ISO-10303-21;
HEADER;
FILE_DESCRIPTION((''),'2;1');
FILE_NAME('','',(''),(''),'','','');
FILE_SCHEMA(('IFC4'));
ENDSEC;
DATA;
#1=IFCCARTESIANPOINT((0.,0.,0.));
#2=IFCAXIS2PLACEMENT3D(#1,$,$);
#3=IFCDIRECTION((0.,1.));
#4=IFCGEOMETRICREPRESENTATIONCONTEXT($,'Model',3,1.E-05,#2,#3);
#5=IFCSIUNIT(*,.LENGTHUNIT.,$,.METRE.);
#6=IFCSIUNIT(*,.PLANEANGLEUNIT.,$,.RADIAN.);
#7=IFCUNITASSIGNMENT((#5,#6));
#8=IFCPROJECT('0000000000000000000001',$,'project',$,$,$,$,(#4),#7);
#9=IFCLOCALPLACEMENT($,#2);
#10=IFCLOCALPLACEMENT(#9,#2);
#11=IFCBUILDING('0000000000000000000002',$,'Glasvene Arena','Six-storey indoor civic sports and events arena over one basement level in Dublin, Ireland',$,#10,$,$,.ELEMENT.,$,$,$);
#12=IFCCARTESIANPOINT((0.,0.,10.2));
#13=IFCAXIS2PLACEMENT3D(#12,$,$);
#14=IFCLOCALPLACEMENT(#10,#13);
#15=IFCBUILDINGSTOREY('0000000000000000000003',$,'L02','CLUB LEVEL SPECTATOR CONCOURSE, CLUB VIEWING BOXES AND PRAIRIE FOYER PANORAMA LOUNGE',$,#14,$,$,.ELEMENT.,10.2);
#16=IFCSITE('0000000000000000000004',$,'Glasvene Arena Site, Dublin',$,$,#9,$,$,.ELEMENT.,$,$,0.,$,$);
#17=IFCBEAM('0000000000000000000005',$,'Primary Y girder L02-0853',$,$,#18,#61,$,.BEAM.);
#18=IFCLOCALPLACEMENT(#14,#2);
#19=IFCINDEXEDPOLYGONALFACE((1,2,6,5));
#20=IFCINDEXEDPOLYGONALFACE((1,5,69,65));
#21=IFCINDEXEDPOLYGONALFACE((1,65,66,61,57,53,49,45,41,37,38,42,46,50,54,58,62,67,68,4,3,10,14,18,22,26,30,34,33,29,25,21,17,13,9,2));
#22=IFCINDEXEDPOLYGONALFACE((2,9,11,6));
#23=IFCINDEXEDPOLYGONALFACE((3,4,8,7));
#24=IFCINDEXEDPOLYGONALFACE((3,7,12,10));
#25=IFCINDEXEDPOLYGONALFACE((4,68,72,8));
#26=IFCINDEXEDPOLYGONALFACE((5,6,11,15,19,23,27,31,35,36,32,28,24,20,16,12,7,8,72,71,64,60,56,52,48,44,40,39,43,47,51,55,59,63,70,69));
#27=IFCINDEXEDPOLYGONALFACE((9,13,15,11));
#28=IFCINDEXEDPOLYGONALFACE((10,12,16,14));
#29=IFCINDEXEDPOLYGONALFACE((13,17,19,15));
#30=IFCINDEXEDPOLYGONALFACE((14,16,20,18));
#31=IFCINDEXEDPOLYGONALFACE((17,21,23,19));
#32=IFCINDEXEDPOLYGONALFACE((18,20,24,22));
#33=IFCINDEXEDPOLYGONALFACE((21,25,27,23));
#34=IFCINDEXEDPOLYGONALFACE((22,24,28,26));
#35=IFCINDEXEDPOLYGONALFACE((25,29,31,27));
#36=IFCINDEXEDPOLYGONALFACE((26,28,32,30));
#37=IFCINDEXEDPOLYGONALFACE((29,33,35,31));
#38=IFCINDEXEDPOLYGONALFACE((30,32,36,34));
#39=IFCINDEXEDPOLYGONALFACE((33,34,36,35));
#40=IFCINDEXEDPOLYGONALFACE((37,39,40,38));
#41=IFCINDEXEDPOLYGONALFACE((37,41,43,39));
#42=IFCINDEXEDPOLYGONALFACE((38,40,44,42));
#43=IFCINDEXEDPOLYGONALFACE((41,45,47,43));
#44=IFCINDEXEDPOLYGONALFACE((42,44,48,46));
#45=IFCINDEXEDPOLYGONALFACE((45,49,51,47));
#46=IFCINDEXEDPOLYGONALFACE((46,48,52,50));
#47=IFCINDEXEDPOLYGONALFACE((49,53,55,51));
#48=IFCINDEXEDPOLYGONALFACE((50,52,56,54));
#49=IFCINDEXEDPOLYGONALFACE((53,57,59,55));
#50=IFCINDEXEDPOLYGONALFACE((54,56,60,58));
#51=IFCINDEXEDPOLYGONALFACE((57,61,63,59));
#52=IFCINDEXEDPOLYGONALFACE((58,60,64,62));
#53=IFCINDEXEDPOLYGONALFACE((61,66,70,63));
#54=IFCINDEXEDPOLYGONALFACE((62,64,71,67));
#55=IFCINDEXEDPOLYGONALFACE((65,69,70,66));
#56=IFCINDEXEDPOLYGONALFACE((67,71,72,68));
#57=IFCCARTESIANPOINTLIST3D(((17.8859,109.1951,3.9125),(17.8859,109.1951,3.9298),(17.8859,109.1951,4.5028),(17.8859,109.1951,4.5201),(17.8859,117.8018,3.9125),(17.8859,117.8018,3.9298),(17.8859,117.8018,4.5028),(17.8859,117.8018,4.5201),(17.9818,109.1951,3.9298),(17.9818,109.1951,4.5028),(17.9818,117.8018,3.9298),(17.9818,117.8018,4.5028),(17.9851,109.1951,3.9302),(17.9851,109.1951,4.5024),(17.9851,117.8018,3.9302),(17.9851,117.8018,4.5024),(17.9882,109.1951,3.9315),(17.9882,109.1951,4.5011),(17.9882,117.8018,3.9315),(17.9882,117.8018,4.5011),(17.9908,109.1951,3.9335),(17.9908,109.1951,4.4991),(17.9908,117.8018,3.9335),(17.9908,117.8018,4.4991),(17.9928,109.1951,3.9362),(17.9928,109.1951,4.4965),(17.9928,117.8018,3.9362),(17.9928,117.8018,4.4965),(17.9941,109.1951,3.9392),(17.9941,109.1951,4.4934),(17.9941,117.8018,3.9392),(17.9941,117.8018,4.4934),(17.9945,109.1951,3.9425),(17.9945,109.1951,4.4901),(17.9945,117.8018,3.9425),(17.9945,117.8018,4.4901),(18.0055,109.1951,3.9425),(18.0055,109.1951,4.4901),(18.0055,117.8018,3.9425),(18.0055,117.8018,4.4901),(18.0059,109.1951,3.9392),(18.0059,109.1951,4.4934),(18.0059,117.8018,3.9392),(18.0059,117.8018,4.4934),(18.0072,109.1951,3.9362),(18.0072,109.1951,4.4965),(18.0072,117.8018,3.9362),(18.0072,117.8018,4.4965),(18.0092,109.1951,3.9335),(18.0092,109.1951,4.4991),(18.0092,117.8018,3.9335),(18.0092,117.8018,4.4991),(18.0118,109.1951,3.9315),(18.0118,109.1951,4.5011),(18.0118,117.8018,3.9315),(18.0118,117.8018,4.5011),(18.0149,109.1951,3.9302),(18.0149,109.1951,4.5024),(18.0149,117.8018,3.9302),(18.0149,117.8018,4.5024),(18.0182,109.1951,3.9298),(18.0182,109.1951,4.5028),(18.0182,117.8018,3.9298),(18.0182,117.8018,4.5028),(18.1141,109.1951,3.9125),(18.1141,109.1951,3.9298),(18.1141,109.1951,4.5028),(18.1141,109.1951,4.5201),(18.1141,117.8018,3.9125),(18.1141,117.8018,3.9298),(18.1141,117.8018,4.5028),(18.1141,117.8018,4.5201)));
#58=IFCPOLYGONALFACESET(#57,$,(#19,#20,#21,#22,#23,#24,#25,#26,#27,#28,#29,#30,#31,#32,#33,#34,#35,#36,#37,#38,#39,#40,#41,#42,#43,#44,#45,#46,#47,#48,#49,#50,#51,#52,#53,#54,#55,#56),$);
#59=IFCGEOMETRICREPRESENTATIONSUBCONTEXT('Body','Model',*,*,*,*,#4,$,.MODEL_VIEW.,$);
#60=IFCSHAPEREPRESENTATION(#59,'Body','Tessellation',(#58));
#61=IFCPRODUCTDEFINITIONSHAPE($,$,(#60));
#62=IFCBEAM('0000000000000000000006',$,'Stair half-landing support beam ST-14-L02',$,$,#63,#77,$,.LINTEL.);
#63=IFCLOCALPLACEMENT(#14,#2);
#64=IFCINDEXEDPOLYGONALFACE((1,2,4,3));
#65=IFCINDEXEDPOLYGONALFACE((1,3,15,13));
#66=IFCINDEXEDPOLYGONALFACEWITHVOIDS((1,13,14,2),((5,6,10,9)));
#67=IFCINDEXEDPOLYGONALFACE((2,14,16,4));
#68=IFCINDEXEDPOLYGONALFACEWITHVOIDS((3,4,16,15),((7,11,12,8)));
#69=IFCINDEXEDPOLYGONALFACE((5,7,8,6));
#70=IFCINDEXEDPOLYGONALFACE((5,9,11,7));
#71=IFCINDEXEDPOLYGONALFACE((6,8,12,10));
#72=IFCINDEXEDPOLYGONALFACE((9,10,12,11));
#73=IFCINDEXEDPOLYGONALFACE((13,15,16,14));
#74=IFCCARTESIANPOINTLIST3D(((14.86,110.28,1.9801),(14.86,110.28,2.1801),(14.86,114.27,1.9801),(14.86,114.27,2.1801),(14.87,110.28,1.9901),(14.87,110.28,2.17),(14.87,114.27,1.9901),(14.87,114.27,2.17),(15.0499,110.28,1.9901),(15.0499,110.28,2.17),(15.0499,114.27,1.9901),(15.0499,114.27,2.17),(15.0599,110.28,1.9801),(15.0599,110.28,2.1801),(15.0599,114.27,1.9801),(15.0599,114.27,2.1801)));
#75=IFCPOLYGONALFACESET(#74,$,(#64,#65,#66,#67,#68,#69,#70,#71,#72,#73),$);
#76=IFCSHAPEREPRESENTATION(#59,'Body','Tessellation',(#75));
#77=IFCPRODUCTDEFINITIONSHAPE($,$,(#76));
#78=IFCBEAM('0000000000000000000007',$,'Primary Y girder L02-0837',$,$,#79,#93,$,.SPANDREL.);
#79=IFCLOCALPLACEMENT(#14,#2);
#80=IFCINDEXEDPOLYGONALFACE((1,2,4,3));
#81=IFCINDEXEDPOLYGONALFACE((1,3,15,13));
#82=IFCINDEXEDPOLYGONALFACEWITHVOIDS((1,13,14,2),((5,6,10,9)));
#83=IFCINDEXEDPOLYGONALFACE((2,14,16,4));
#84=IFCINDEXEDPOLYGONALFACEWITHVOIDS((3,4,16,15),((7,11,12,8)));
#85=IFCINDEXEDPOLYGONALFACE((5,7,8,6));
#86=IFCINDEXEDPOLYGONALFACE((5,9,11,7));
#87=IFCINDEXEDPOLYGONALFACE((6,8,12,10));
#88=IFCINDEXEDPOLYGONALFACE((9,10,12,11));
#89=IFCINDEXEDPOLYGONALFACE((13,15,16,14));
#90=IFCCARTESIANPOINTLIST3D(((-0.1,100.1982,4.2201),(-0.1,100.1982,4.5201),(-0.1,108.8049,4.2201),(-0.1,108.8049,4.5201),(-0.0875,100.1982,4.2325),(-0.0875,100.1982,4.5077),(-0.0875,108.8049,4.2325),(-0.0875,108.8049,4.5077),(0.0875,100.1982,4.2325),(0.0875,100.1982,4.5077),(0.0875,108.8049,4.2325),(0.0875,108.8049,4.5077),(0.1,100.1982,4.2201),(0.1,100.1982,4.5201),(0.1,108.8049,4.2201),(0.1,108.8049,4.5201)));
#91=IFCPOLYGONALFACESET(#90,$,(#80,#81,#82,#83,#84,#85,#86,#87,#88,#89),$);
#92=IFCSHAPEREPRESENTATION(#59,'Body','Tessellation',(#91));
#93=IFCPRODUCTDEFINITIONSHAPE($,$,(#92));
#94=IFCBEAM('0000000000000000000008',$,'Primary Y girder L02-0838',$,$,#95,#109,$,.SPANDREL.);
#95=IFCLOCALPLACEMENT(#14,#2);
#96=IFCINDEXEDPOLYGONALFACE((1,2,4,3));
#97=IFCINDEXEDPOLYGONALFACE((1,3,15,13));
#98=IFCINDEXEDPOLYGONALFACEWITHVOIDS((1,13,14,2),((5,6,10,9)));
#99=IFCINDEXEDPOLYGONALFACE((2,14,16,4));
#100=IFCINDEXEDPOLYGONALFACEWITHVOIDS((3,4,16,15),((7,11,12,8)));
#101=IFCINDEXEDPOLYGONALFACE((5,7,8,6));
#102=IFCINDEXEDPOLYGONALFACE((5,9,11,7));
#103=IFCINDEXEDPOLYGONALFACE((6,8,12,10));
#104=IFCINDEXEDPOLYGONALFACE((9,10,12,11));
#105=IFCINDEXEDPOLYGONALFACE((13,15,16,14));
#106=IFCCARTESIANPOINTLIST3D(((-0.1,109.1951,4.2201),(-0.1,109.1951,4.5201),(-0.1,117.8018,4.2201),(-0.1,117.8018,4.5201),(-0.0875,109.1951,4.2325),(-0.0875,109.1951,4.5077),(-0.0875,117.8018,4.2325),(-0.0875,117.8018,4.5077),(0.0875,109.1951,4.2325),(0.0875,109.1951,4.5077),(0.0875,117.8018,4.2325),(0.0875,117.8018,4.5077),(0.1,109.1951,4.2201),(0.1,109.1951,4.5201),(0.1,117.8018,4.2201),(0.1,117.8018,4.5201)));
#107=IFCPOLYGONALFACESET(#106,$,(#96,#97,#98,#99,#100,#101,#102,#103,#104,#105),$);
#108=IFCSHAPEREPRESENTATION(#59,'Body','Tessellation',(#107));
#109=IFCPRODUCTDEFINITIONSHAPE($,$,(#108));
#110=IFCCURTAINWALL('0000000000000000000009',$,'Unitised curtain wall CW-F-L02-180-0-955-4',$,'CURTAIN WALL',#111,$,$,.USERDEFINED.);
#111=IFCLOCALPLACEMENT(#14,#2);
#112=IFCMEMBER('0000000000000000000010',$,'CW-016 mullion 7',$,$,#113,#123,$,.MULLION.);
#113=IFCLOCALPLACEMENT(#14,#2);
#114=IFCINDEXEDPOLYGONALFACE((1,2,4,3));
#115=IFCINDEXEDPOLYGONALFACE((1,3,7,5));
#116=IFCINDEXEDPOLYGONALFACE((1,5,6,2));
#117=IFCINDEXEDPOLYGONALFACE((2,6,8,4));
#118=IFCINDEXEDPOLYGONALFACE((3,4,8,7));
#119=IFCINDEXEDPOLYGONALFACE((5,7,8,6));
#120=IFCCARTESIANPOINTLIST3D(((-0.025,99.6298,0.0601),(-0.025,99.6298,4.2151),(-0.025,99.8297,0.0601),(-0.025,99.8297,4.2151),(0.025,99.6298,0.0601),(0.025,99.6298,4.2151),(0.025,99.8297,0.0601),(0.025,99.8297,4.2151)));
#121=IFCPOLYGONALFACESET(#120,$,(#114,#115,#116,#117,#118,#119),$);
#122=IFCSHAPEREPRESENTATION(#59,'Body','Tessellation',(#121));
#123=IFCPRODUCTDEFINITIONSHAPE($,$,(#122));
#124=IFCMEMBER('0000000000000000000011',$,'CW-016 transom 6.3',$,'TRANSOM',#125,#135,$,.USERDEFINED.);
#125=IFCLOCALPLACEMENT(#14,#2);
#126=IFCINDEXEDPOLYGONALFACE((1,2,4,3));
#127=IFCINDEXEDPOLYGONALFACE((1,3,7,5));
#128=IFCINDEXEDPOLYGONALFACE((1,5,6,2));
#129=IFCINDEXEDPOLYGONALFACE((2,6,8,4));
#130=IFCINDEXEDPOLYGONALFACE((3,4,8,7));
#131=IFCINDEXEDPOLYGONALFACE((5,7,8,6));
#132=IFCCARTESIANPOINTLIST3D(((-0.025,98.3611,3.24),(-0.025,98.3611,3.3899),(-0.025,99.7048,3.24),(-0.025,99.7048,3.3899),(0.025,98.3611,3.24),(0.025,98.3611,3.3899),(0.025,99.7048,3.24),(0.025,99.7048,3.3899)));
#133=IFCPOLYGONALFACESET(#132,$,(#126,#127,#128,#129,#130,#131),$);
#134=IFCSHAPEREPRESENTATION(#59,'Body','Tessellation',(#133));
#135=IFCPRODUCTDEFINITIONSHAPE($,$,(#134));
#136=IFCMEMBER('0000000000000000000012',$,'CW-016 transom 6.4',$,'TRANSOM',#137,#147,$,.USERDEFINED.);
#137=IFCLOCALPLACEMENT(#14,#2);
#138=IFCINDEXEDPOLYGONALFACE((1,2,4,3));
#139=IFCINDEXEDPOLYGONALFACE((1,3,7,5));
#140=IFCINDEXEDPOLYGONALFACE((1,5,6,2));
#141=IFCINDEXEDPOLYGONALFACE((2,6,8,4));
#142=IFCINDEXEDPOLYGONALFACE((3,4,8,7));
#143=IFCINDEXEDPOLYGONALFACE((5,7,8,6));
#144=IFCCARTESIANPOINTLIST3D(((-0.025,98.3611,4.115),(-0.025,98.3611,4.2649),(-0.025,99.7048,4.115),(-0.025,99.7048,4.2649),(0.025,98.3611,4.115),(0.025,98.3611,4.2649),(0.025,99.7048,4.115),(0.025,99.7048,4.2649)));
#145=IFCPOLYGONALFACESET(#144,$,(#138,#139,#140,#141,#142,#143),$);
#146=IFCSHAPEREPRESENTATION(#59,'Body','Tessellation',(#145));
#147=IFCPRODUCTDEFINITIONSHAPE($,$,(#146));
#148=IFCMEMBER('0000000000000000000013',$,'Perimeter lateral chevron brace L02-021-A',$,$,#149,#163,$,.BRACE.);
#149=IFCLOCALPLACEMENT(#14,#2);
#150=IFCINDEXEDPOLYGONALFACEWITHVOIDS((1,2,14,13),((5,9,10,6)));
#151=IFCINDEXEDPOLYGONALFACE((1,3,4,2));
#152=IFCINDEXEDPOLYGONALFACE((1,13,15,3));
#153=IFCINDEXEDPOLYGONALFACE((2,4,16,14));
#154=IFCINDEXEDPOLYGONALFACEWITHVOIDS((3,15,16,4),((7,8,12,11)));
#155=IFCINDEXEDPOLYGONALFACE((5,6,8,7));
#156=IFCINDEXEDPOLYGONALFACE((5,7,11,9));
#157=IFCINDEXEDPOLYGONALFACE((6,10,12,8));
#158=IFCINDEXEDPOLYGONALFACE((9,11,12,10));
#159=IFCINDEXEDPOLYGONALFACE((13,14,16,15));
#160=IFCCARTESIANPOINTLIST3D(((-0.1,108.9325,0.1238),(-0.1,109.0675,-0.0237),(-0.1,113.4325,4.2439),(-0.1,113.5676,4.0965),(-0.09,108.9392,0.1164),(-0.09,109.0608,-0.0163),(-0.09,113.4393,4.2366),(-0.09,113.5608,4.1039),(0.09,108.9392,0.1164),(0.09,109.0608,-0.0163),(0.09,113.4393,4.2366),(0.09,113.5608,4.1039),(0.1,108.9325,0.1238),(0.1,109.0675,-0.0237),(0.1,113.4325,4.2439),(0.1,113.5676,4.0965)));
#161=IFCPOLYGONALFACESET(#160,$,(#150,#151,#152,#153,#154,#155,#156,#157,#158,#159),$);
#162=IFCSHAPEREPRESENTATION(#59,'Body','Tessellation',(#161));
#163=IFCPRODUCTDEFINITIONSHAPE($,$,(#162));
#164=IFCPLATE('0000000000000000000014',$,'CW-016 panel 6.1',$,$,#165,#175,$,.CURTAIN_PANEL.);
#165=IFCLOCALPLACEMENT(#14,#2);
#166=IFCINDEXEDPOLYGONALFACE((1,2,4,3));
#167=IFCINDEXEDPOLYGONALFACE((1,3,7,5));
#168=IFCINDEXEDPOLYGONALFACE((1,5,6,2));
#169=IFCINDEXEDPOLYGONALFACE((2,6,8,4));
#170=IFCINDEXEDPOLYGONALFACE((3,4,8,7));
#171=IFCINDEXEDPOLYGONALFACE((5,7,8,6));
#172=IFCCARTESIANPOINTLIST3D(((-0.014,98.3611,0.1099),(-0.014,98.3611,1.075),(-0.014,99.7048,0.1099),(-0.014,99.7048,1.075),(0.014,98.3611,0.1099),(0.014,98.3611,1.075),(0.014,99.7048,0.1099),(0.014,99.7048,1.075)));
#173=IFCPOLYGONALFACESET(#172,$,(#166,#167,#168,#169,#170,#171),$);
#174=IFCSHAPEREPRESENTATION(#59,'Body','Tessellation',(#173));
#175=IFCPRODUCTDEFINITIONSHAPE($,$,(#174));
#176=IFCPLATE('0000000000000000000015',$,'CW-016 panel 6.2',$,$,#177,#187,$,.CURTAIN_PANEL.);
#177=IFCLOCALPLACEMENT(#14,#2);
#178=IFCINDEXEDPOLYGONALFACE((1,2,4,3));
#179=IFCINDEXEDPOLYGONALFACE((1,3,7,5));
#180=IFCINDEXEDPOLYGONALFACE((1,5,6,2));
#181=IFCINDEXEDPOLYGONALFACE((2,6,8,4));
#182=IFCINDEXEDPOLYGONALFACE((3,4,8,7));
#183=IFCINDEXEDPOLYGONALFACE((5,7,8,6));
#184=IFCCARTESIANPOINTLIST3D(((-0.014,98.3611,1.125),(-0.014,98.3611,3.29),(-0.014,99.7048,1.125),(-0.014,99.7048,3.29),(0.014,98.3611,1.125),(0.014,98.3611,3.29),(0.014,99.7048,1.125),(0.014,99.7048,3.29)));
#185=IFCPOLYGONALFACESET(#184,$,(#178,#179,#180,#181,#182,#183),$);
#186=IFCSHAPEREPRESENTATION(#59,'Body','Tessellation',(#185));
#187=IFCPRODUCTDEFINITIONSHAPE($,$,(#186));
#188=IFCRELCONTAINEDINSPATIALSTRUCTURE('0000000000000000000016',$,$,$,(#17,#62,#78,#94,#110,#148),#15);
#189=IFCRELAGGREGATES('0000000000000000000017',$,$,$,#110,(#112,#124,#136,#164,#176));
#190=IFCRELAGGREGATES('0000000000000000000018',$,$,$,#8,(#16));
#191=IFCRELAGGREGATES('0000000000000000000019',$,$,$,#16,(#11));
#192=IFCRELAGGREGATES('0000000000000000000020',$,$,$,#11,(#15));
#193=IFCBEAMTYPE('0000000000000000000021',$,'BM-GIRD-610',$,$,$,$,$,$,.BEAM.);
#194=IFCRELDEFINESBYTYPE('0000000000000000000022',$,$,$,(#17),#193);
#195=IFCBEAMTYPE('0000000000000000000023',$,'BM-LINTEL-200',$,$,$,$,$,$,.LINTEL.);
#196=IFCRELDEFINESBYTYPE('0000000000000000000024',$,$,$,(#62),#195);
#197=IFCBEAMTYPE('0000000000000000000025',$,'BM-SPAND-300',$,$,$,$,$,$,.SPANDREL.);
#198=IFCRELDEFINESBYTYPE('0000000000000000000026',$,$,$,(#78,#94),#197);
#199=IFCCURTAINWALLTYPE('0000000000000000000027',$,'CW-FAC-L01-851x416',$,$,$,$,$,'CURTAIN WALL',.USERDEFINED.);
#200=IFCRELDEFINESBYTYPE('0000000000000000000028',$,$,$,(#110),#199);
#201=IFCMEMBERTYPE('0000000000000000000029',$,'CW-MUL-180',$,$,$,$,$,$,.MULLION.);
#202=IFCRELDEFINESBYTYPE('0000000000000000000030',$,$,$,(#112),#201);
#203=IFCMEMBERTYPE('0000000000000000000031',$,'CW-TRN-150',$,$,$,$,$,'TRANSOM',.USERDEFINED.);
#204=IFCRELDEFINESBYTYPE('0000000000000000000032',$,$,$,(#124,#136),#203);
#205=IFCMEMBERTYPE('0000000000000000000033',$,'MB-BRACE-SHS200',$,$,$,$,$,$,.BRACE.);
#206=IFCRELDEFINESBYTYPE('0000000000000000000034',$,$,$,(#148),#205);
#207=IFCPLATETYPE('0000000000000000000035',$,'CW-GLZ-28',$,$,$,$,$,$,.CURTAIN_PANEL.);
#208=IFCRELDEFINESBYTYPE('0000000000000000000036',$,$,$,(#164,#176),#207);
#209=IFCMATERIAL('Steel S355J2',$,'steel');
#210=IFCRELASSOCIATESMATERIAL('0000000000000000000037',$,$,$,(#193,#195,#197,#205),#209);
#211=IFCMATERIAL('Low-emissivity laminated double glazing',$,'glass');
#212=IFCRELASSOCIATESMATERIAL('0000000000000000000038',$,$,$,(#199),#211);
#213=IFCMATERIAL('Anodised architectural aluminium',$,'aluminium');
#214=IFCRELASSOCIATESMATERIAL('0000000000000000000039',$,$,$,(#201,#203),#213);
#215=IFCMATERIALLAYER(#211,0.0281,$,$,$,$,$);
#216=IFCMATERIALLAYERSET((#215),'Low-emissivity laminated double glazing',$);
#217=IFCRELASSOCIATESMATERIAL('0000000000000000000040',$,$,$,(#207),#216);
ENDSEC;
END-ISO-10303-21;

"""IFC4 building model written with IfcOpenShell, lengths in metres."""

from ifc_helpers import new_model, si_unit, direction, frame, origin, origin_2d, place, context, subcontext, project, spatial, rectangle, hollow_rectangle, i_section, extrude, material, layer, layer_set, material_profile, profile_set, type_object, element, aggregate, save


model = new_model("IFC4")

# Units and contexts
model_context = context("Model", 3, precision=1e-05, world=origin(), true_north=direction((0.0, 1.0)))
body_context = subcontext(model_context, "Body", "Model", "MODEL_VIEW")
ifc_project = project(units=[si_unit("LENGTHUNIT", "METRE"), si_unit("PLANEANGLEUNIT", "RADIAN")], contexts=[model_context])

# Site, building, storey
site_placement = place(None, origin())
site = spatial("IfcSite", under=ifc_project, at=site_placement, Name="Glasvene Arena Site, Dublin", CompositionType="ELEMENT", RefElevation=0.0)
building_placement = place(site_placement, origin())
building = spatial("IfcBuilding", under=site, at=building_placement, Name="Glasvene Arena", Description="Six-storey indoor civic sports and events arena over one basement level in Dublin, Ireland", CompositionType="ELEMENT")
storey_placement = place(building_placement, frame((0.0, 0.0, 10.2)))
storey = spatial("IfcBuildingStorey", under=building, at=storey_placement, Name="L02", Description="CLUB LEVEL SPECTATOR CONCOURSE, CLUB VIEWING BOXES AND PRAIRIE FOYER PANORAMA LOUNGE", CompositionType="ELEMENT", Elevation=10.2)

# Shared definitions
ifc_material_1 = material(Name="Steel S355J2", Category="steel")

# Beams
ifc_material_profile_1 = material_profile(ifc_material_1, i_section(OverallWidth=0.2283, OverallDepth=0.6077, WebThickness=0.011, FlangeThickness=0.0173, FilletRadius=0.0127, at=origin_2d()), Name="UKB 610x229x113")
ifc_profile_set_1 = profile_set([ifc_material_profile_1], Name="Steel S355J2")
beam_type_1 = type_object("IfcBeamType", Name="BM-GIRD-610", PredefinedType="BEAM", material=ifc_profile_set_1)
for number, where, z_axis, x_axis, name in (
    (1, (18.0, 109.1951, 4.2163), (0.0, 1.0, 0.0), (-1.0, 0.0, 0.0), "Primary Y girder L02-0853"),
):
    element("IfcBeam", number, at=place(storey_placement, frame(where, z_axis=z_axis, x_axis=x_axis)), inside=storey, type_object=beam_type_1, Name=name, PredefinedType="BEAM", context=body_context, shape_type="SweptSolid", body=[
        extrude(i_section(OverallWidth=0.2283, OverallDepth=0.6077, WebThickness=0.011, FlangeThickness=0.0173, FilletRadius=0.0127, at=origin_2d()), origin(), (0.0, 0.0, 1.0), 8.6067),
    ])
ifc_material_profile_2 = material_profile(ifc_material_1, hollow_rectangle(XDim=0.2, YDim=0.2, WallThickness=0.01, at=origin_2d()), Name="SHS 200x200x10.0")
ifc_profile_set_2 = profile_set([ifc_material_profile_2], Name="Steel S355J2")
beam_type_2 = type_object("IfcBeamType", Name="BM-LINTEL-200", PredefinedType="LINTEL", material=ifc_profile_set_2)
beam_placement = place(storey_placement, frame((14.96, 110.28, 2.0801), z_axis=(0.0, 1.0, 0.0), x_axis=(-1.0, 0.0, 0.0)))
element("IfcBeam", 2, at=beam_placement, inside=storey, type_object=beam_type_2, Name="Stair half-landing support beam ST-14-L02", PredefinedType="LINTEL", context=body_context, shape_type="SweptSolid", body=[
    extrude(hollow_rectangle(XDim=0.2, YDim=0.2, WallThickness=0.01, at=origin_2d()), origin(), (0.0, 0.0, 1.0), 3.99),
])
ifc_material_profile_3 = material_profile(ifc_material_1, hollow_rectangle(XDim=0.2, YDim=0.3, WallThickness=0.0125, at=origin_2d()), Name="RHS 300x200x12.5")
ifc_profile_set_3 = profile_set([ifc_material_profile_3], Name="Steel S355J2")
beam_type_3 = type_object("IfcBeamType", Name="BM-SPAND-300", PredefinedType="SPANDREL", material=ifc_profile_set_3)
for number, where, z_axis, x_axis, name in (
    (3, (0.0, 100.1982, 4.3701), (0.0, 1.0, 0.0), (-1.0, 0.0, 0.0), "Primary Y girder L02-0837"),
    (4, (0.0, 109.1951, 4.3701), (0.0, 1.0, 0.0), (-1.0, 0.0, 0.0), "Primary Y girder L02-0838"),
):
    element("IfcBeam", number, at=place(storey_placement, frame(where, z_axis=z_axis, x_axis=x_axis)), inside=storey, type_object=beam_type_3, Name=name, PredefinedType="SPANDREL", context=body_context, shape_type="SweptSolid", body=[
        extrude(hollow_rectangle(XDim=0.2, YDim=0.3, WallThickness=0.0125, at=origin_2d()), origin(), (0.0, 0.0, 1.0), 8.6067),
    ])

# Curtain wall, members
ifc_material_2 = material(Name="Low-emissivity laminated double glazing", Category="glass")
curtain_wall_type = type_object("IfcCurtainWallType", Name="CW-FAC-L01-851x416", ElementType="CURTAIN WALL", PredefinedType="USERDEFINED", material=ifc_material_2)
curtain_wall_placement = place(storey_placement, frame((0.0, 91.2419, 0.0)))
curtain_wall = element("IfcCurtainWall", 5, at=curtain_wall_placement, inside=storey, type_object=curtain_wall_type, Name="Unitised curtain wall CW-F-L02-180-0-955-4", ObjectType="CURTAIN WALL", PredefinedType="USERDEFINED")
ifc_material_3 = material(Name="Anodised architectural aluminium", Category="aluminium")
ifc_material_profile_4 = material_profile(ifc_material_3, rectangle(XDim=0.05, YDim=0.2, at=origin_2d()), Name="ALU MULLION 50x200")
ifc_profile_set_4 = profile_set([ifc_material_profile_4], Name="Anodised architectural aluminium")
member_type_1 = type_object("IfcMemberType", Name="CW-MUL-180", PredefinedType="MULLION", material=ifc_profile_set_4)
member_1_placement = place(storey_placement, frame((0.0, 99.7297, 0.0601), z_axis=(0.0, 0.0, 1.0), x_axis=(-1.0, 0.0, 0.0)))
member_1 = element("IfcMember", 6, at=member_1_placement, type_object=member_type_1, Name="CW-016 mullion 7", PredefinedType="MULLION", context=body_context, shape_type="SweptSolid", body=[
    extrude(rectangle(XDim=0.05, YDim=0.2, at=origin_2d()), origin(), (0.0, 0.0, 1.0), 4.155),
])
ifc_material_profile_5 = material_profile(ifc_material_3, rectangle(XDim=0.05, YDim=0.1499, at=origin_2d()), Name="ALU TRANSOM 50x150")
ifc_profile_set_5 = profile_set([ifc_material_profile_5], Name="Anodised architectural aluminium")
member_type_2 = type_object("IfcMemberType", Name="CW-TRN-150", ElementType="TRANSOM", PredefinedType="USERDEFINED", material=ifc_profile_set_5)
member_2_placement = place(storey_placement, frame((0.0, 98.3611, 3.3149), z_axis=(0.0, 1.0, 0.0), x_axis=(-1.0, 0.0, 0.0)))
member_2 = element("IfcMember", 7, at=member_2_placement, type_object=member_type_2, Name="CW-016 transom 6.3", ObjectType="TRANSOM", PredefinedType="USERDEFINED", context=body_context, shape_type="SweptSolid", body=[
    extrude(rectangle(XDim=0.05, YDim=0.1499, at=origin_2d()), origin(), (0.0, 0.0, 1.0), 1.3438),
])
member_3_placement = place(storey_placement, frame((0.0, 98.3611, 4.1899), z_axis=(0.0, 1.0, 0.0), x_axis=(-1.0, 0.0, 0.0)))
member_3 = element("IfcMember", 8, at=member_3_placement, type_object=member_type_2, Name="CW-016 transom 6.4", ObjectType="TRANSOM", PredefinedType="USERDEFINED", context=body_context, shape_type="SweptSolid", body=[
    extrude(rectangle(XDim=0.05, YDim=0.1499, at=origin_2d()), origin(), (0.0, 0.0, 1.0), 1.3438),
])

# Member
ifc_material_profile_6 = material_profile(ifc_material_1, hollow_rectangle(XDim=0.2, YDim=0.2, WallThickness=0.01, at=origin_2d()), Name="SHS 200x200x10.0")
ifc_profile_set_6 = profile_set([ifc_material_profile_6], Name="Steel S355J2")
member_type_3 = type_object("IfcMemberType", Name="MB-BRACE-SHS200", PredefinedType="BRACE", material=ifc_profile_set_6)
member_4_placement = place(storey_placement, frame((0.0, 109.0, 0.05), z_axis=(0.0, 0.737553, 0.67529), x_axis=(-1.0, 0.0, 0.0)))
element("IfcMember", 9, at=member_4_placement, inside=storey, type_object=member_type_3, Name="Perimeter lateral chevron brace L02-021-A", PredefinedType="BRACE", context=body_context, shape_type="SweptSolid", body=[
    extrude(hollow_rectangle(XDim=0.2, YDim=0.2, WallThickness=0.01, at=origin_2d()), origin(), (0.0, 0.0, 1.0), 6.1013),
])

# Plates
ifc_layer_1 = layer(ifc_material_2, 0.0281)
ifc_layer_set_1 = layer_set([ifc_layer_1], Name="Low-emissivity laminated double glazing")
plate_type = type_object("IfcPlateType", Name="CW-GLZ-28", PredefinedType="CURTAIN_PANEL", material=ifc_layer_set_1)
plate_1_placement = place(storey_placement, frame((0.0, 99.033, 0.1099), z_axis=(0.0, 0.0, 1.0), x_axis=(0.0, 1.0, 0.0)))
plate_1 = element("IfcPlate", 10, at=plate_1_placement, type_object=plate_type, Name="CW-016 panel 6.1", PredefinedType="CURTAIN_PANEL", context=body_context, shape_type="SweptSolid", body=[
    extrude(rectangle(XDim=1.3438, YDim=0.0281, at=origin_2d()), origin(), (0.0, 0.0, 1.0), 0.9651),
])
plate_2_placement = place(storey_placement, frame((0.0, 99.033, 1.125), z_axis=(0.0, 0.0, 1.0), x_axis=(0.0, 1.0, 0.0)))
plate_2 = element("IfcPlate", 11, at=plate_2_placement, type_object=plate_type, Name="CW-016 panel 6.2", PredefinedType="CURTAIN_PANEL", context=body_context, shape_type="SweptSolid", body=[
    extrude(rectangle(XDim=1.3438, YDim=0.0281, at=origin_2d()), origin(), (0.0, 0.0, 1.0), 2.165),
])
aggregate(curtain_wall, [member_1, member_2, member_3, plate_1, plate_2])

save(model, "model.ifc")
